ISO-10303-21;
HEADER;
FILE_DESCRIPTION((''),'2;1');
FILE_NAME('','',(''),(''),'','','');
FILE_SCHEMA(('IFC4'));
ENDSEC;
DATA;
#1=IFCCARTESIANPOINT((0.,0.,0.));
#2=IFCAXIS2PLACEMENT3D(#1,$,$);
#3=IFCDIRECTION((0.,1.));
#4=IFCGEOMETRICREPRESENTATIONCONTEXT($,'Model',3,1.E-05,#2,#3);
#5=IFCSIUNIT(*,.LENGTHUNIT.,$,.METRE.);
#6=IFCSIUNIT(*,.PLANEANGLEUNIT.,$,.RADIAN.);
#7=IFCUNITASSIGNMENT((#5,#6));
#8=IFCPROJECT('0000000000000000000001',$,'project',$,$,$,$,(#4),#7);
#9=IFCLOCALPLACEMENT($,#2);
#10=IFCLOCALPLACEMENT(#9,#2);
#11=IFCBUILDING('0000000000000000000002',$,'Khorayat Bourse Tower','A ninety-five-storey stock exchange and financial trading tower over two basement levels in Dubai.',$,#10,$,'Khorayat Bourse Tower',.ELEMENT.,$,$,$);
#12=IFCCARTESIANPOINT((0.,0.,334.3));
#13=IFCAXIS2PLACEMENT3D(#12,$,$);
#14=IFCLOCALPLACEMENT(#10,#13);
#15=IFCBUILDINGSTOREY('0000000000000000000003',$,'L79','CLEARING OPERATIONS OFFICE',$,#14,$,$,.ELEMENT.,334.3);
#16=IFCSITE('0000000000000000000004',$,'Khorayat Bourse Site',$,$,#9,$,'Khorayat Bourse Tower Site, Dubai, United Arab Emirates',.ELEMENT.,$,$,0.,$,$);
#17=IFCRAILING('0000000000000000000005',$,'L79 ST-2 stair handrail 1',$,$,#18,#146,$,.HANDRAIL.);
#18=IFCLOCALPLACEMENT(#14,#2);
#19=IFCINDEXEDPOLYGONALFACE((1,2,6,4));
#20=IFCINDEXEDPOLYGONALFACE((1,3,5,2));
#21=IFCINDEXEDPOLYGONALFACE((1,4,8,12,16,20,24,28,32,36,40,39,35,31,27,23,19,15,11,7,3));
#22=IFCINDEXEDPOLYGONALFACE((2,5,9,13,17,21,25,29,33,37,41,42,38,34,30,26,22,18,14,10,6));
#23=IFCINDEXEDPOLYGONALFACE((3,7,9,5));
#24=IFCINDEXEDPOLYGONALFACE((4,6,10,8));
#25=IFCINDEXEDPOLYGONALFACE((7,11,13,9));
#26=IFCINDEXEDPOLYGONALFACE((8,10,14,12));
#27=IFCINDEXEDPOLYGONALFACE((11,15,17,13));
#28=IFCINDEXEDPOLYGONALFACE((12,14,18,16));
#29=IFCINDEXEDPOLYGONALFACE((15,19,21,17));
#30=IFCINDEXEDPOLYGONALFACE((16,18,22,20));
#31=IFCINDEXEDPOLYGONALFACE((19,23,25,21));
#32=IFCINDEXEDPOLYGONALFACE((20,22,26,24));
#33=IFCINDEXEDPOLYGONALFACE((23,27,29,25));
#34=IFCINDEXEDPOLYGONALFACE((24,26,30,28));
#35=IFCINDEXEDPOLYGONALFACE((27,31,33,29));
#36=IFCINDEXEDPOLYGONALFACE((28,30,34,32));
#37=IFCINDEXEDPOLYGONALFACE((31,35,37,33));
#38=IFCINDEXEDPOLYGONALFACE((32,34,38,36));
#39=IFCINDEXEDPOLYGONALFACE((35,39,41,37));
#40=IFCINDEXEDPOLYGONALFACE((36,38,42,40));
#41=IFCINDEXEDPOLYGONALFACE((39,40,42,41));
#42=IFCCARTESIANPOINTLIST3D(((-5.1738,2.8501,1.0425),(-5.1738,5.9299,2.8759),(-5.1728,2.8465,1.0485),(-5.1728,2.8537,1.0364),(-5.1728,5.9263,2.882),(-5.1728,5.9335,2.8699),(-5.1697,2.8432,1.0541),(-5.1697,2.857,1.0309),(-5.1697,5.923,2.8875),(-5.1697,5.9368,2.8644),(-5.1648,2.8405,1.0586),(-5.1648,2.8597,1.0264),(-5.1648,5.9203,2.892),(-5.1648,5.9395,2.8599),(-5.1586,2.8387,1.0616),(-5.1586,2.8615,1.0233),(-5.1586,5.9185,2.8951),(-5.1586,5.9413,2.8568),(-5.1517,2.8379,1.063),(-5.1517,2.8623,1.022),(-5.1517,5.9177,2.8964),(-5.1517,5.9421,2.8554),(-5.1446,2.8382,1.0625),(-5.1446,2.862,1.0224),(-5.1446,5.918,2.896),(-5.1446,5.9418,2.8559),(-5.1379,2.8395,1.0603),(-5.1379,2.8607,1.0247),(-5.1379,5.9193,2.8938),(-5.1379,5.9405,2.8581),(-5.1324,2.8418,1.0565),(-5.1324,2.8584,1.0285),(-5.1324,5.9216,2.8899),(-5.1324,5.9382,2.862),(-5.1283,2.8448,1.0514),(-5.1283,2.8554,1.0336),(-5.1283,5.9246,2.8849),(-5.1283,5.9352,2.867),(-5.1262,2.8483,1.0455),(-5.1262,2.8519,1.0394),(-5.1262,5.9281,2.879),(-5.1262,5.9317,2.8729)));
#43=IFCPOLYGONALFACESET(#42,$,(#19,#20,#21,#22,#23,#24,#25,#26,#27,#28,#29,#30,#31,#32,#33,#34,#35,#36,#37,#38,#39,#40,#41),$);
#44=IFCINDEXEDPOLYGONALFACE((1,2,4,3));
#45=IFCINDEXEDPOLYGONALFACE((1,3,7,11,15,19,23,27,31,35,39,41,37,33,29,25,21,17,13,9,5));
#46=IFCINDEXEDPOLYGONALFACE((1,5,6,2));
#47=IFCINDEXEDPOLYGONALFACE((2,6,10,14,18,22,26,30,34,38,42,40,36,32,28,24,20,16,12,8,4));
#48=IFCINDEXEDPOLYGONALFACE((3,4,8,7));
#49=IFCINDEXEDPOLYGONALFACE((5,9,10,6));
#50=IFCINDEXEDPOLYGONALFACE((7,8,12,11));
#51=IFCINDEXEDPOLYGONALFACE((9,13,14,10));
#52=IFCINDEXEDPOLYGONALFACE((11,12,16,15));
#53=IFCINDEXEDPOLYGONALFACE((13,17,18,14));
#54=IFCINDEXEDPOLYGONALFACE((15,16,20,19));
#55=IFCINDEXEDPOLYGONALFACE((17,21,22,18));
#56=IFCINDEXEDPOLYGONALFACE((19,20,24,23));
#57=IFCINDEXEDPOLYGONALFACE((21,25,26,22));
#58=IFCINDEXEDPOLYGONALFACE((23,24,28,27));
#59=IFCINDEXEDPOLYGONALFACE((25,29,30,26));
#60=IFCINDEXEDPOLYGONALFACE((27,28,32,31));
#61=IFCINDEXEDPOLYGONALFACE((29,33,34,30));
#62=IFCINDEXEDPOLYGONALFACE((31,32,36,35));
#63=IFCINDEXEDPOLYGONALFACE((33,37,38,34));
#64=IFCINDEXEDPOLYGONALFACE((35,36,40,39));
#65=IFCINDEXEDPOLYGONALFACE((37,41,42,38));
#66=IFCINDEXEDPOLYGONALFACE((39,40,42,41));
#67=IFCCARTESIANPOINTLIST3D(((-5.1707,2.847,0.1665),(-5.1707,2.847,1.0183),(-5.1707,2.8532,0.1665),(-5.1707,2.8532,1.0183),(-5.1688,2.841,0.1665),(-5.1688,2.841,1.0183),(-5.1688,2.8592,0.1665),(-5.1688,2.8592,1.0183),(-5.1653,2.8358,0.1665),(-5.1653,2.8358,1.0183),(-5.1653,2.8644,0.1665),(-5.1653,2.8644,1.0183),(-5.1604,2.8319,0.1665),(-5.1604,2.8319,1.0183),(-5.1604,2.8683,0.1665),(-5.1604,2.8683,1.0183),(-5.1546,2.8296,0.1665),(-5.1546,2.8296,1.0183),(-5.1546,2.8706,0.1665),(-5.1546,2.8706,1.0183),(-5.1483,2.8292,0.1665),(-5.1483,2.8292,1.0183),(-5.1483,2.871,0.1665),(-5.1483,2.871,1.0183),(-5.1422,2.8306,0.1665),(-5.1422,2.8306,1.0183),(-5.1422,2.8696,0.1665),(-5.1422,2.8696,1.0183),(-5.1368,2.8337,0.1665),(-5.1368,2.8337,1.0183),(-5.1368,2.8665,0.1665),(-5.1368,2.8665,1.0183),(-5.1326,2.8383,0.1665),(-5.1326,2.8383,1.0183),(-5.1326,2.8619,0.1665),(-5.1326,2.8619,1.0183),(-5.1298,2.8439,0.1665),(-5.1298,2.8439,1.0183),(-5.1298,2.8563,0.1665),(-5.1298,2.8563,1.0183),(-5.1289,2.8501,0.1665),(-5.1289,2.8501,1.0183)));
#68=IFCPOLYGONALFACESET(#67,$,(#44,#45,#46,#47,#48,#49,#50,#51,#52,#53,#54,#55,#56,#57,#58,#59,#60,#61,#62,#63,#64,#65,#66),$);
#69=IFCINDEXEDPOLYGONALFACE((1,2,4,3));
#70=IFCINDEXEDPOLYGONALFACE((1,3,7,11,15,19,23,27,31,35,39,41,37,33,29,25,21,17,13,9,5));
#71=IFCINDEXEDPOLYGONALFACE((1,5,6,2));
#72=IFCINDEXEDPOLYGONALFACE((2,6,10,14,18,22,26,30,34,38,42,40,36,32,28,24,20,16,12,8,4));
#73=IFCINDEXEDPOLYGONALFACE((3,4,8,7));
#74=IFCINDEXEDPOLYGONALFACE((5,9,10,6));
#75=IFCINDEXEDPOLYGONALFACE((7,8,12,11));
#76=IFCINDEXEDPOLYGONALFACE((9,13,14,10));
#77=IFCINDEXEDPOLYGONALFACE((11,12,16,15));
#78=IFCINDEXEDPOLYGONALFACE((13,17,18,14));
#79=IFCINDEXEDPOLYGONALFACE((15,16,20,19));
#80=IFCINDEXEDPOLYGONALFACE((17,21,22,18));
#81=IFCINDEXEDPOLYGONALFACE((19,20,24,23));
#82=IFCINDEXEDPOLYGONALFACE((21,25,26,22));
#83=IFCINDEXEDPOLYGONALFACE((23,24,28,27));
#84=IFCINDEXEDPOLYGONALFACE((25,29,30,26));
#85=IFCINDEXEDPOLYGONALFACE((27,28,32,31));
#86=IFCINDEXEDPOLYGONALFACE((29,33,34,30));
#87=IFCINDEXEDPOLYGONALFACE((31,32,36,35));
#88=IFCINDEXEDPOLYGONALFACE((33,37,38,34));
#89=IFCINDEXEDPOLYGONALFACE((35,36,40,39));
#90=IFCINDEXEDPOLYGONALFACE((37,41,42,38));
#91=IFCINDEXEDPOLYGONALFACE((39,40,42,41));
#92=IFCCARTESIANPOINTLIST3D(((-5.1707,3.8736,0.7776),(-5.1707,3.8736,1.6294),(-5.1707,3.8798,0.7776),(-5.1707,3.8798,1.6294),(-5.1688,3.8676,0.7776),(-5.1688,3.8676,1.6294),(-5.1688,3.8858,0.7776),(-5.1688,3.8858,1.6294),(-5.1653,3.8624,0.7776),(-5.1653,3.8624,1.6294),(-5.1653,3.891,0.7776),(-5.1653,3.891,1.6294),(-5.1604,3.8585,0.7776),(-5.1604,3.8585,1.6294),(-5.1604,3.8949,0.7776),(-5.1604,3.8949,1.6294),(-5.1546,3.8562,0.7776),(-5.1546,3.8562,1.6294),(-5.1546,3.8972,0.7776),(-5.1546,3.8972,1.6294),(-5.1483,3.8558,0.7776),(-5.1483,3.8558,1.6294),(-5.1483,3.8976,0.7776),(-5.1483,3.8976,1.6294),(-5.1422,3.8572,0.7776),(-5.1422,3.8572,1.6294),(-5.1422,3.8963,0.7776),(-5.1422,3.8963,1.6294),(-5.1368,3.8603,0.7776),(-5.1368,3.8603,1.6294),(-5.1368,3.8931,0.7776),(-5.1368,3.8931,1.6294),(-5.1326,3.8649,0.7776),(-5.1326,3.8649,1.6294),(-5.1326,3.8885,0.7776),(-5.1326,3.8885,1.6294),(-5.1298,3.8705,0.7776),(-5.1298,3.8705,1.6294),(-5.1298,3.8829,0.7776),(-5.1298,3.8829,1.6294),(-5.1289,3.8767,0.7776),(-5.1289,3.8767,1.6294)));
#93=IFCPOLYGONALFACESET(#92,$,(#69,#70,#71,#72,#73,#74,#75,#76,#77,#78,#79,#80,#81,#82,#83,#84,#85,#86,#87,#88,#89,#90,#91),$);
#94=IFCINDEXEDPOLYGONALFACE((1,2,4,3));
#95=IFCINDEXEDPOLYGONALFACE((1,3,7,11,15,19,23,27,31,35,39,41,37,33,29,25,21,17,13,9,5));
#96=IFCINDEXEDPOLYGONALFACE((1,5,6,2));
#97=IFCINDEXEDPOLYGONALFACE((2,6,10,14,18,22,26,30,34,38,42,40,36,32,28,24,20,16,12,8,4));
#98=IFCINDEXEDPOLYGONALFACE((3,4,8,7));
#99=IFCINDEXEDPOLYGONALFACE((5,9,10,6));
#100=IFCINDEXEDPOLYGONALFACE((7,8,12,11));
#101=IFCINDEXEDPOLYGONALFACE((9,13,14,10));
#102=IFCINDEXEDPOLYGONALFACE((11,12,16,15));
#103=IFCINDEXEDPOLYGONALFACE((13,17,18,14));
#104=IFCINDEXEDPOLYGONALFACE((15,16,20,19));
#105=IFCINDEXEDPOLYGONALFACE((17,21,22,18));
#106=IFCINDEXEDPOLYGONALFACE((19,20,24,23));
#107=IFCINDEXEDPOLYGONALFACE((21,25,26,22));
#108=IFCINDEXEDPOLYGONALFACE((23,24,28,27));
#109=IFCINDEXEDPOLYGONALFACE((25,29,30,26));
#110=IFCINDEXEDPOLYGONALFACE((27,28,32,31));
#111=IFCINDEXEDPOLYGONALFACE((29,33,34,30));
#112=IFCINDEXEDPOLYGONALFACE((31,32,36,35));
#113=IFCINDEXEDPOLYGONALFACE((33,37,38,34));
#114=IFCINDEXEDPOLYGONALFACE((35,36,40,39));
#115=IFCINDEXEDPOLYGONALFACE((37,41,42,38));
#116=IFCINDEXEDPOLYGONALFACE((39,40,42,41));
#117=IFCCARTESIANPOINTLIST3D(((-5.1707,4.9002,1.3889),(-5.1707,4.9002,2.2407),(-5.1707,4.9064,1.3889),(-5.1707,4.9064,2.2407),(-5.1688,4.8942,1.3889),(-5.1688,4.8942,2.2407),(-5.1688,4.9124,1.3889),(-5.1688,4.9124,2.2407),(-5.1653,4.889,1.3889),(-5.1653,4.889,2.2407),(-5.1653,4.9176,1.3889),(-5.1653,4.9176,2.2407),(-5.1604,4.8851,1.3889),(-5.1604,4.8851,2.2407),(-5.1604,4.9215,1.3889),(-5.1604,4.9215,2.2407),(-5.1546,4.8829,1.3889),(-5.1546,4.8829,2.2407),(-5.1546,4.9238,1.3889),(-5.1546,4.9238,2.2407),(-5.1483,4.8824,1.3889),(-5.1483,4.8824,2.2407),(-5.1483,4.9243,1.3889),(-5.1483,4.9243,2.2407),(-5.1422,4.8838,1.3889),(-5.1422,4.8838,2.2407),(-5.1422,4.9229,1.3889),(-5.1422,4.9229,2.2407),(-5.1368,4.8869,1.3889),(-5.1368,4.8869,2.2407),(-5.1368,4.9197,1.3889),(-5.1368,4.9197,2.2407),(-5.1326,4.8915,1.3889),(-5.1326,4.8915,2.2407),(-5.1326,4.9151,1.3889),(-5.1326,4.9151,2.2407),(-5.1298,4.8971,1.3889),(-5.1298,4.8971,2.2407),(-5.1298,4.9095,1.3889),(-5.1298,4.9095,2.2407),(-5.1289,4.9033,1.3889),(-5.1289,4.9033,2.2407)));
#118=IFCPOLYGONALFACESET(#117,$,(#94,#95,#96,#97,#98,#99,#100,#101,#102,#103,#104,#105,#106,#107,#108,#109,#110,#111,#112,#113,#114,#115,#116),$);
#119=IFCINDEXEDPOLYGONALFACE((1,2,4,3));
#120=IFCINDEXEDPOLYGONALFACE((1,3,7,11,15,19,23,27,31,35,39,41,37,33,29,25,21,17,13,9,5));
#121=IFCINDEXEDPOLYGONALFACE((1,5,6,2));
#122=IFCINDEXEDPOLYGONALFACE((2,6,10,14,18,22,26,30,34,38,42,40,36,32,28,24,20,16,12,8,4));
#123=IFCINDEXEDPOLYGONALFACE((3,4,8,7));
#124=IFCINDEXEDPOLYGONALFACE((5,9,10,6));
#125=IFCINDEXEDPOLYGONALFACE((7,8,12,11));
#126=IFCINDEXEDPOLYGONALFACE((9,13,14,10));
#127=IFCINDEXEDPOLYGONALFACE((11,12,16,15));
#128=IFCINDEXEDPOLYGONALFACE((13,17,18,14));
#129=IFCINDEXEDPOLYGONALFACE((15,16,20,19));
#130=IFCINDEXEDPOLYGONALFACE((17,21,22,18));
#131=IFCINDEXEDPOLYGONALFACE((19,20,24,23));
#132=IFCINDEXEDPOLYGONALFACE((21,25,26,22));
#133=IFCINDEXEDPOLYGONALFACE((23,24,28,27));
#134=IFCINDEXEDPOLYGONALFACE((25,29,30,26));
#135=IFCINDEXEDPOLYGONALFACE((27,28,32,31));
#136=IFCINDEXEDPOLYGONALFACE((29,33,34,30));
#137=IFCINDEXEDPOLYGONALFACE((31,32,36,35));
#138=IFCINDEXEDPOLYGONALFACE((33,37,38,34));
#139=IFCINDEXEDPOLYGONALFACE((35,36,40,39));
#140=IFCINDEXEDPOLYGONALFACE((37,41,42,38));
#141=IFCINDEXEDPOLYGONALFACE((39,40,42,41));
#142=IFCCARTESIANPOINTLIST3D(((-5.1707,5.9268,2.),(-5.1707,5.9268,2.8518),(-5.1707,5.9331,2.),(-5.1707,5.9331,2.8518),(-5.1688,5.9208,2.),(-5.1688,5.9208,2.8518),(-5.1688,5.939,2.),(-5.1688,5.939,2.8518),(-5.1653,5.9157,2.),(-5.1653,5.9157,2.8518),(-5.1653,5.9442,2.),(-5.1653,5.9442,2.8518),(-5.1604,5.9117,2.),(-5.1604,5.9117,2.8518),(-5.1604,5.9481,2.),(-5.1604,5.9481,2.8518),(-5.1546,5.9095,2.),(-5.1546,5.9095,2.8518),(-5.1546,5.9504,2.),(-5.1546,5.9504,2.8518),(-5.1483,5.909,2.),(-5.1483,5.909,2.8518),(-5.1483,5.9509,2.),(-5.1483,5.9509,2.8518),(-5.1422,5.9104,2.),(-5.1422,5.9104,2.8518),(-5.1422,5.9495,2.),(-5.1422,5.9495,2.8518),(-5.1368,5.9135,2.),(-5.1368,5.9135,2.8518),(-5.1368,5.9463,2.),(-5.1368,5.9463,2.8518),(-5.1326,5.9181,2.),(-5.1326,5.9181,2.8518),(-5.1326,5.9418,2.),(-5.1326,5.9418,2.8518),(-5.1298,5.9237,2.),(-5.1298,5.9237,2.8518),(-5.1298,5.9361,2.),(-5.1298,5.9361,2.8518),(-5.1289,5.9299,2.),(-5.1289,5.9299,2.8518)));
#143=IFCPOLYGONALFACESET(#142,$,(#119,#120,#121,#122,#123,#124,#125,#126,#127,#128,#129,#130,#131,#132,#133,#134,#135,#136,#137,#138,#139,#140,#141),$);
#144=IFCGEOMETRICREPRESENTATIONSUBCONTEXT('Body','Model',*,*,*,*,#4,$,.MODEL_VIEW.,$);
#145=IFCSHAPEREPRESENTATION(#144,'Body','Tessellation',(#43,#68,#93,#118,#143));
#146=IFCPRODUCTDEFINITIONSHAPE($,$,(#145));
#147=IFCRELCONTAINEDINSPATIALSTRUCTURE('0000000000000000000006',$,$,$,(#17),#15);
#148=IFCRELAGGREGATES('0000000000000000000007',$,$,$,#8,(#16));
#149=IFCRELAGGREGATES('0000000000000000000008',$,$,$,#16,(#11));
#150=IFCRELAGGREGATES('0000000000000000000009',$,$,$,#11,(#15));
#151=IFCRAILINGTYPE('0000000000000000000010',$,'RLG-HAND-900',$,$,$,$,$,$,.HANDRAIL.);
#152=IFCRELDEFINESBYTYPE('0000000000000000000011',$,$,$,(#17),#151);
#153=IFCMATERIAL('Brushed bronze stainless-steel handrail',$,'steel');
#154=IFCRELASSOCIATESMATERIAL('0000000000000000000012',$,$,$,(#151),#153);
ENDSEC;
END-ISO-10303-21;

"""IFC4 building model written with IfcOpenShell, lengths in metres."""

from ifc_helpers import new_model, si_unit, direction, frame, origin, origin_2d, place, context, subcontext, project, spatial, circle, extrude, source, transform, mapped, material, type_object, element, save


model = new_model("IFC4")

# Units and contexts
model_context = context("Model", 3, precision=1e-05, world=origin(), true_north=direction((0.0, 1.0)))
body_context = subcontext(model_context, "Body", "Model", "MODEL_VIEW")
ifc_project = project(units=[si_unit("LENGTHUNIT", "METRE"), si_unit("PLANEANGLEUNIT", "RADIAN")], contexts=[model_context])

# Site, building, storey
site_placement = place(None, origin())
site = spatial("IfcSite", under=ifc_project, at=site_placement, Name="Khorayat Bourse Site", LongName="Khorayat Bourse Tower Site, Dubai, United Arab Emirates", CompositionType="ELEMENT", RefElevation=0.0)
building_placement = place(site_placement, origin())
building = spatial("IfcBuilding", under=site, at=building_placement, Name="Khorayat Bourse Tower", Description="A ninety-five-storey stock exchange and financial trading tower over two basement levels in Dubai.", LongName="Khorayat Bourse Tower", CompositionType="ELEMENT")
storey_placement = place(building_placement, frame((0.0, 0.0, 334.3)))
storey = spatial("IfcBuildingStorey", under=building, at=storey_placement, Name="L79", Description="CLEARING OPERATIONS OFFICE", CompositionType="ELEMENT", Elevation=334.3)

# Railing
ifc_material_1 = material(Name="Brushed bronze stainless-steel handrail", Category="steel")
railing_type_1 = type_object("IfcRailingType", Name="RLG-HAND-900", PredefinedType="HANDRAIL", material=ifc_material_1)
shared_shape_1 = source(origin(), body_context, "Body", "SweptSolid", [
    extrude(circle(Radius=0.0239, at=origin_2d()), frame((0.0, 0.0, 0.876), z_axis=(0.0, 0.859261, 0.511538), x_axis=(-1.0, 0.0, 0.0)), (0.0, 0.0, 1.0), 3.5842),
    extrude(circle(Radius=0.021, at=origin_2d()), origin(), (0.0, 0.0, 1.0), 0.8518),
    extrude(circle(Radius=0.021, at=origin_2d()), frame((0.0, 1.0266, 0.6111)), (0.0, 0.0, 1.0), 0.8518),
    extrude(circle(Radius=0.021, at=origin_2d()), frame((0.0, 2.0532, 1.2224)), (0.0, 0.0, 1.0), 0.8518),
    extrude(circle(Radius=0.021, at=origin_2d()), frame((0.0, 3.0798, 1.8335)), (0.0, 0.0, 1.0), 0.8518),
])
railing_1_placement = place(storey_placement, frame((-5.1499, 2.8501, 0.1665)))
element("IfcRailing", 1, at=railing_1_placement, inside=storey, type_object=railing_type_1, Name="L79 ST-2 stair handrail 1", PredefinedType="HANDRAIL", context=body_context, shape_type="MappedRepresentation", body=[
    mapped(shared_shape_1, transform((0.0, 0.0, 0.0), scale=1.0)),
])

save(model, "model.ifc")
